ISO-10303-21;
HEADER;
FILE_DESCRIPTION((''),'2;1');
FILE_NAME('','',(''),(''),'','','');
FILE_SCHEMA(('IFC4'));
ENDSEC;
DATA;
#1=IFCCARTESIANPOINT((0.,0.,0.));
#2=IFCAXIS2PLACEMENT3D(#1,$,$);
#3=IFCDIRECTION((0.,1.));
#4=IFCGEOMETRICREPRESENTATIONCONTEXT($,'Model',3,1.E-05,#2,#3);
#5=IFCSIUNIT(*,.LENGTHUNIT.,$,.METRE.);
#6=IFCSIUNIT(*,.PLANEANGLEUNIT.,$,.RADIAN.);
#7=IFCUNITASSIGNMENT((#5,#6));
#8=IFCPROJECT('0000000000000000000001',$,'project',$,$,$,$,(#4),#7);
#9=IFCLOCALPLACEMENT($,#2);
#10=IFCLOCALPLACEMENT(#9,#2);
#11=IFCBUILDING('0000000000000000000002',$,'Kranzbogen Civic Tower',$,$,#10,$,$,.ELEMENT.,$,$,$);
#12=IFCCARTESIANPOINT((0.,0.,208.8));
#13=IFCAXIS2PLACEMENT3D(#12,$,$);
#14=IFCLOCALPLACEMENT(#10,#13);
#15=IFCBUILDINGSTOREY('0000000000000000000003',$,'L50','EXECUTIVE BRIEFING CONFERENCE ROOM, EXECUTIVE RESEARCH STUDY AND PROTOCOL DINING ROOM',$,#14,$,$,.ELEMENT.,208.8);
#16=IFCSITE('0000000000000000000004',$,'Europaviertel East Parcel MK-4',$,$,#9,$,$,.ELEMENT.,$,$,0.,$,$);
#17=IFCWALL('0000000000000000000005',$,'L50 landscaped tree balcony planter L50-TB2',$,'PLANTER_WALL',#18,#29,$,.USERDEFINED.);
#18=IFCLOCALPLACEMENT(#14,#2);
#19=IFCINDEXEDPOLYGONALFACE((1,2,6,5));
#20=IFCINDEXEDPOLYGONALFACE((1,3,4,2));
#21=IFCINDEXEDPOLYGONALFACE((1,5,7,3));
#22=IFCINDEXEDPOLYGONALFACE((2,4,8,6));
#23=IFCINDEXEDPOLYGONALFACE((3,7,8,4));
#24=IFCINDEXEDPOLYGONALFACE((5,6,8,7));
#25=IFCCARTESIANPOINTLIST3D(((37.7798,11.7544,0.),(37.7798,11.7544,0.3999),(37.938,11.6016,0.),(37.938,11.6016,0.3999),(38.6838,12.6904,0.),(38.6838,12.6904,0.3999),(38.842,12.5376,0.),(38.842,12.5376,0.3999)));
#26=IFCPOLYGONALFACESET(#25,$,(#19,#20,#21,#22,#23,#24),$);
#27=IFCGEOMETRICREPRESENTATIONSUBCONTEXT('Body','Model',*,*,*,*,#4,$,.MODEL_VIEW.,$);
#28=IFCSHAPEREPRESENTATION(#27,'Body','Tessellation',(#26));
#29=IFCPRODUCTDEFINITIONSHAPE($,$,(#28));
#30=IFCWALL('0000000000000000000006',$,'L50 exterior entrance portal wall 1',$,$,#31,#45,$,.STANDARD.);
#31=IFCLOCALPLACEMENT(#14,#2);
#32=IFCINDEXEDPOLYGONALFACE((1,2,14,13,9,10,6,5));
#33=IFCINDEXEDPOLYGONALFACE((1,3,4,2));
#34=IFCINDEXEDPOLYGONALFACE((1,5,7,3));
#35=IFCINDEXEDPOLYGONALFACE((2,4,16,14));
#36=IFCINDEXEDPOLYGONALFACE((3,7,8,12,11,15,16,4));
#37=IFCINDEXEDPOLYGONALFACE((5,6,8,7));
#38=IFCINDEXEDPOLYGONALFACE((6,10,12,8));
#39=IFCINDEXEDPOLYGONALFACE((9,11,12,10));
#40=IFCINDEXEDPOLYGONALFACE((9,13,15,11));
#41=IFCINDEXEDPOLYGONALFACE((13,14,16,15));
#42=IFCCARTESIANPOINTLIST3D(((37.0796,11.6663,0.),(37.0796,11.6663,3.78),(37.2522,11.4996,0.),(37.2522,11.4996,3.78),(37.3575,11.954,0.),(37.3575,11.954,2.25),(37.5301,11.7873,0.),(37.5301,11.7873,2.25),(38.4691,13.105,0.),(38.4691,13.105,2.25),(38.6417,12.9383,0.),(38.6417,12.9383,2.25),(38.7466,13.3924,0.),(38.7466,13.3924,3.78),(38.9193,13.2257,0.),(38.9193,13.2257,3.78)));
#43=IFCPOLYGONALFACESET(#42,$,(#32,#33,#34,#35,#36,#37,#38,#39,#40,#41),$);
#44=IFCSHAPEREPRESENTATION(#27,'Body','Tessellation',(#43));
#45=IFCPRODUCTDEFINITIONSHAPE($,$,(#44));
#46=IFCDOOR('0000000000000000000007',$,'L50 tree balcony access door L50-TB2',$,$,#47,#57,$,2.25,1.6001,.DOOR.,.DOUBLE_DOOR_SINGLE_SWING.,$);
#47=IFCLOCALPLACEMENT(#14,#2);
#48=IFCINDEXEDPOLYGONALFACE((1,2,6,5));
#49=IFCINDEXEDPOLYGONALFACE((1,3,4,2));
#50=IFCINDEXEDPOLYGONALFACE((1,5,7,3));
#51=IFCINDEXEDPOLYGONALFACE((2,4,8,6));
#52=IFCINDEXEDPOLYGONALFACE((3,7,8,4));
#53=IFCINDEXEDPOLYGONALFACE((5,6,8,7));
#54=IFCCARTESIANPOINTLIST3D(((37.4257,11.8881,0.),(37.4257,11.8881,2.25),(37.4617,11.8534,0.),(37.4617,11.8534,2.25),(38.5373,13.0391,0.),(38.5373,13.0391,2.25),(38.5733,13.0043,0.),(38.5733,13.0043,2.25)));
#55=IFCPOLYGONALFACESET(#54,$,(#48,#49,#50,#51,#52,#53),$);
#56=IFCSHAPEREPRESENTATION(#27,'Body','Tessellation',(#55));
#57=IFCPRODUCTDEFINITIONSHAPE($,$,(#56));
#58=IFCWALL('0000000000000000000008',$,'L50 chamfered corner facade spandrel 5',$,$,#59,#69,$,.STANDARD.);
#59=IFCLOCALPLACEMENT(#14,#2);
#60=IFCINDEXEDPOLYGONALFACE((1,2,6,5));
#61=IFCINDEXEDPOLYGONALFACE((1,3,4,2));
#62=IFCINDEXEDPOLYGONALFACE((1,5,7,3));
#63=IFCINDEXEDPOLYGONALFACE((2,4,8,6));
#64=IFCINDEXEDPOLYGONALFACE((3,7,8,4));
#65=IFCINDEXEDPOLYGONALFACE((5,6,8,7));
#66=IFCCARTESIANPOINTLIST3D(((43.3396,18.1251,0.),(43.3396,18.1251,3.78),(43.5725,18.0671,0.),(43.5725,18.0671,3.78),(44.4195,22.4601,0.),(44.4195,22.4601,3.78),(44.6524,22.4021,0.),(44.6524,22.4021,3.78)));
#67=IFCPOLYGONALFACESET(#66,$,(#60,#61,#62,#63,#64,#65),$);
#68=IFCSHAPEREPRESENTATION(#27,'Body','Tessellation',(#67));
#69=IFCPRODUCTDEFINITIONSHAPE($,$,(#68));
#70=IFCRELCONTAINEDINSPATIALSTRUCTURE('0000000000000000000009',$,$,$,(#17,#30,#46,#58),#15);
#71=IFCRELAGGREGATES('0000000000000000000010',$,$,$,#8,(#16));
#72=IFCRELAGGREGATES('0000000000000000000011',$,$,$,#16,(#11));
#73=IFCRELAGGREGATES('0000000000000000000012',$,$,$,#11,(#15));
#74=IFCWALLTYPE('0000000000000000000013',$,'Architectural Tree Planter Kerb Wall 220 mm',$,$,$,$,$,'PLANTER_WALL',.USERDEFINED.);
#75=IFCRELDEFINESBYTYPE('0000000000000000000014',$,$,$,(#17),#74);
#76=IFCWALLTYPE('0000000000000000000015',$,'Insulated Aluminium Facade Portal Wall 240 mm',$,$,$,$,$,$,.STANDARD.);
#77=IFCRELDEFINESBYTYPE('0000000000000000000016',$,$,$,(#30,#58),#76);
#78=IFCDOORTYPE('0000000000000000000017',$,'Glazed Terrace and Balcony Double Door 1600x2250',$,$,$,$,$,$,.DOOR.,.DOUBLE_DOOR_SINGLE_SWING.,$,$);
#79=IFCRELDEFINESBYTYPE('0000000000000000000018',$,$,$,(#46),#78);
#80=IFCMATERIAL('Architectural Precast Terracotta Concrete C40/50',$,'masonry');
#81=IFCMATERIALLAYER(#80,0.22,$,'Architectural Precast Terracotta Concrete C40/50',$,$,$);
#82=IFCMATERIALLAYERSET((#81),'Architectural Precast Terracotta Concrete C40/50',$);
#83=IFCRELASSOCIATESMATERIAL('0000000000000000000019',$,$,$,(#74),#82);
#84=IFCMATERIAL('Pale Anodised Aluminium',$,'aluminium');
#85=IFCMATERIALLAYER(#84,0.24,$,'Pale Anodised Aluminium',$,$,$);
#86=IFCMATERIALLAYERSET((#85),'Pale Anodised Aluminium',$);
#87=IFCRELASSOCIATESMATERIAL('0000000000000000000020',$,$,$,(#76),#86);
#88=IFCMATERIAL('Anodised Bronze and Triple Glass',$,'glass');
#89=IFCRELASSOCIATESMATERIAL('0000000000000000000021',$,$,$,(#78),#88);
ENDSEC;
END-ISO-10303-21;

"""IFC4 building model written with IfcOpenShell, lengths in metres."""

from ifc_helpers import new_model, si_unit, direction, frame, frame_2d, origin, place, context, subcontext, project, spatial, rectangle, extrude, material, layer, layer_set, type_object, element, fill, save


model = new_model("IFC4")

# Units and contexts
model_context = context("Model", 3, precision=1e-05, world=origin(), true_north=direction((0.0, 1.0)))
body_context = subcontext(model_context, "Body", "Model", "MODEL_VIEW")
ifc_project = project(units=[si_unit("LENGTHUNIT", "METRE"), si_unit("PLANEANGLEUNIT", "RADIAN")], contexts=[model_context])

# Site, building, storey
site_placement = place(None, origin())
site = spatial("IfcSite", under=ifc_project, at=site_placement, Name="Europaviertel East Parcel MK-4", CompositionType="ELEMENT", RefElevation=0.0)
building_placement = place(site_placement, origin())
building = spatial("IfcBuilding", under=site, at=building_placement, Name="Kranzbogen Civic Tower", CompositionType="ELEMENT")
storey_placement = place(building_placement, frame((0.0, 0.0, 208.8)))
storey = spatial("IfcBuildingStorey", under=building, at=storey_placement, Name="L50", Description="EXECUTIVE BRIEFING CONFERENCE ROOM, EXECUTIVE RESEARCH STUDY AND PROTOCOL DINING ROOM", CompositionType="ELEMENT", Elevation=208.8)

# Shared definitions
ifc_material_1 = material(Name="Pale Anodised Aluminium", Category="aluminium")

# Wall
ifc_material_2 = material(Name="Architectural Precast Terracotta Concrete C40/50", Category="masonry")
ifc_layer_1 = layer(ifc_material_2, 0.22, Name="Architectural Precast Terracotta Concrete C40/50")
ifc_layer_set_1 = layer_set([ifc_layer_1], Name="Architectural Precast Terracotta Concrete C40/50")
wall_type_1 = type_object("IfcWallType", Name="Architectural Tree Planter Kerb Wall 220 mm", ElementType="PLANTER_WALL", PredefinedType="USERDEFINED", material=ifc_layer_set_1)
wall_1_placement = place(storey_placement, frame((37.8589, 11.678, 0.0), z_axis=(0.0, 0.0, 1.0), x_axis=(0.694712, 0.719288, 0.0)))
element("IfcWall", 1, at=wall_1_placement, inside=storey, type_object=wall_type_1, Name="L50 landscaped tree balcony planter L50-TB2", ObjectType="PLANTER_WALL", PredefinedType="USERDEFINED", context=body_context, shape_type="SweptSolid", body=[
    extrude(rectangle(XDim=1.3013, YDim=0.22, at=frame_2d((0.6506, 0.0))), origin(), (0.0, 0.0, 1.0), 0.3999),
])

# Wall, opening, door
ifc_layer_2 = layer(ifc_material_1, 0.24, Name="Pale Anodised Aluminium")
ifc_layer_set_2 = layer_set([ifc_layer_2], Name="Pale Anodised Aluminium")
wall_type_2 = type_object("IfcWallType", Name="Insulated Aluminium Facade Portal Wall 240 mm", PredefinedType="STANDARD", material=ifc_layer_set_2)
wall_2_placement = place(storey_placement, frame((37.166, 11.583, 0.0), z_axis=(0.0, 0.0, 1.0), x_axis=(0.694689, 0.71931, 0.0)))
wall_2 = element("IfcWall", 2, at=wall_2_placement, inside=storey, type_object=wall_type_2, Name="L50 exterior entrance portal wall 1", PredefinedType="STANDARD", context=body_context, shape_type="SweptSolid", body=[
    extrude(rectangle(XDim=2.3997, YDim=0.24, at=frame_2d((1.1997, 0.0))), origin(), (0.0, 0.0, 1.0), 3.78),
])
opening_1_placement = place(wall_2_placement, frame((0.3999, 0.0, 0.0)))
opening_1 = element("IfcOpeningElement", 3, at=opening_1_placement, cuts=wall_2, PredefinedType="OPENING", context=body_context, shape_type="SweptSolid", body=[
    extrude(rectangle(XDim=1.6001, YDim=2.25, at=frame_2d((0.8, 1.125))), frame((0.0, 0.1299, 0.0), z_axis=(0.0, -1.0, 0.0), x_axis=(1.0, 0.0, 0.0)), (0.0, 0.0, 1.0), 0.26),
])
ifc_material_3 = material(Name="Anodised Bronze and Triple Glass", Category="glass")
door_type_1 = type_object("IfcDoorType", Name="Glazed Terrace and Balcony Double Door 1600x2250", OperationType="DOUBLE_DOOR_SINGLE_SWING", PredefinedType="DOOR", material=ifc_material_3)
door_1_placement = place(opening_1_placement, frame((1.6001, 0.0, 0.0), z_axis=(0.0, 0.0, 1.0), x_axis=(-1.0, 0.0, 0.0)))
door_1 = element("IfcDoor", 4, at=door_1_placement, inside=storey, type_object=door_type_1, Name="L50 tree balcony access door L50-TB2", OperationType="DOUBLE_DOOR_SINGLE_SWING", OverallHeight=2.25, OverallWidth=1.6001, PredefinedType="DOOR", context=body_context, shape_type="SweptSolid", body=[
    extrude(rectangle(XDim=1.6001, YDim=2.25, at=frame_2d((0.8, 1.125))), frame((0.0, 0.0249, 0.0), z_axis=(0.0, -1.0, 0.0), x_axis=(1.0, 0.0, 0.0)), (0.0, 0.0, 1.0), 0.05),
])
fill(opening_1, door_1)

# Wall
wall_3_placement = place(storey_placement, frame((43.4561, 18.0959, 0.0), z_axis=(0.0, 0.0, 1.0), x_axis=(0.241713, 0.970348, 0.0)))
element("IfcWall", 5, at=wall_3_placement, inside=storey, type_object=wall_type_2, Name="L50 chamfered corner facade spandrel 5", PredefinedType="STANDARD", context=body_context, shape_type="SweptSolid", body=[
    extrude(rectangle(XDim=4.4675, YDim=0.24, at=frame_2d((2.2339, 0.0))), origin(), (0.0, 0.0, 1.0), 3.78),
])

save(model, "model.ifc")
